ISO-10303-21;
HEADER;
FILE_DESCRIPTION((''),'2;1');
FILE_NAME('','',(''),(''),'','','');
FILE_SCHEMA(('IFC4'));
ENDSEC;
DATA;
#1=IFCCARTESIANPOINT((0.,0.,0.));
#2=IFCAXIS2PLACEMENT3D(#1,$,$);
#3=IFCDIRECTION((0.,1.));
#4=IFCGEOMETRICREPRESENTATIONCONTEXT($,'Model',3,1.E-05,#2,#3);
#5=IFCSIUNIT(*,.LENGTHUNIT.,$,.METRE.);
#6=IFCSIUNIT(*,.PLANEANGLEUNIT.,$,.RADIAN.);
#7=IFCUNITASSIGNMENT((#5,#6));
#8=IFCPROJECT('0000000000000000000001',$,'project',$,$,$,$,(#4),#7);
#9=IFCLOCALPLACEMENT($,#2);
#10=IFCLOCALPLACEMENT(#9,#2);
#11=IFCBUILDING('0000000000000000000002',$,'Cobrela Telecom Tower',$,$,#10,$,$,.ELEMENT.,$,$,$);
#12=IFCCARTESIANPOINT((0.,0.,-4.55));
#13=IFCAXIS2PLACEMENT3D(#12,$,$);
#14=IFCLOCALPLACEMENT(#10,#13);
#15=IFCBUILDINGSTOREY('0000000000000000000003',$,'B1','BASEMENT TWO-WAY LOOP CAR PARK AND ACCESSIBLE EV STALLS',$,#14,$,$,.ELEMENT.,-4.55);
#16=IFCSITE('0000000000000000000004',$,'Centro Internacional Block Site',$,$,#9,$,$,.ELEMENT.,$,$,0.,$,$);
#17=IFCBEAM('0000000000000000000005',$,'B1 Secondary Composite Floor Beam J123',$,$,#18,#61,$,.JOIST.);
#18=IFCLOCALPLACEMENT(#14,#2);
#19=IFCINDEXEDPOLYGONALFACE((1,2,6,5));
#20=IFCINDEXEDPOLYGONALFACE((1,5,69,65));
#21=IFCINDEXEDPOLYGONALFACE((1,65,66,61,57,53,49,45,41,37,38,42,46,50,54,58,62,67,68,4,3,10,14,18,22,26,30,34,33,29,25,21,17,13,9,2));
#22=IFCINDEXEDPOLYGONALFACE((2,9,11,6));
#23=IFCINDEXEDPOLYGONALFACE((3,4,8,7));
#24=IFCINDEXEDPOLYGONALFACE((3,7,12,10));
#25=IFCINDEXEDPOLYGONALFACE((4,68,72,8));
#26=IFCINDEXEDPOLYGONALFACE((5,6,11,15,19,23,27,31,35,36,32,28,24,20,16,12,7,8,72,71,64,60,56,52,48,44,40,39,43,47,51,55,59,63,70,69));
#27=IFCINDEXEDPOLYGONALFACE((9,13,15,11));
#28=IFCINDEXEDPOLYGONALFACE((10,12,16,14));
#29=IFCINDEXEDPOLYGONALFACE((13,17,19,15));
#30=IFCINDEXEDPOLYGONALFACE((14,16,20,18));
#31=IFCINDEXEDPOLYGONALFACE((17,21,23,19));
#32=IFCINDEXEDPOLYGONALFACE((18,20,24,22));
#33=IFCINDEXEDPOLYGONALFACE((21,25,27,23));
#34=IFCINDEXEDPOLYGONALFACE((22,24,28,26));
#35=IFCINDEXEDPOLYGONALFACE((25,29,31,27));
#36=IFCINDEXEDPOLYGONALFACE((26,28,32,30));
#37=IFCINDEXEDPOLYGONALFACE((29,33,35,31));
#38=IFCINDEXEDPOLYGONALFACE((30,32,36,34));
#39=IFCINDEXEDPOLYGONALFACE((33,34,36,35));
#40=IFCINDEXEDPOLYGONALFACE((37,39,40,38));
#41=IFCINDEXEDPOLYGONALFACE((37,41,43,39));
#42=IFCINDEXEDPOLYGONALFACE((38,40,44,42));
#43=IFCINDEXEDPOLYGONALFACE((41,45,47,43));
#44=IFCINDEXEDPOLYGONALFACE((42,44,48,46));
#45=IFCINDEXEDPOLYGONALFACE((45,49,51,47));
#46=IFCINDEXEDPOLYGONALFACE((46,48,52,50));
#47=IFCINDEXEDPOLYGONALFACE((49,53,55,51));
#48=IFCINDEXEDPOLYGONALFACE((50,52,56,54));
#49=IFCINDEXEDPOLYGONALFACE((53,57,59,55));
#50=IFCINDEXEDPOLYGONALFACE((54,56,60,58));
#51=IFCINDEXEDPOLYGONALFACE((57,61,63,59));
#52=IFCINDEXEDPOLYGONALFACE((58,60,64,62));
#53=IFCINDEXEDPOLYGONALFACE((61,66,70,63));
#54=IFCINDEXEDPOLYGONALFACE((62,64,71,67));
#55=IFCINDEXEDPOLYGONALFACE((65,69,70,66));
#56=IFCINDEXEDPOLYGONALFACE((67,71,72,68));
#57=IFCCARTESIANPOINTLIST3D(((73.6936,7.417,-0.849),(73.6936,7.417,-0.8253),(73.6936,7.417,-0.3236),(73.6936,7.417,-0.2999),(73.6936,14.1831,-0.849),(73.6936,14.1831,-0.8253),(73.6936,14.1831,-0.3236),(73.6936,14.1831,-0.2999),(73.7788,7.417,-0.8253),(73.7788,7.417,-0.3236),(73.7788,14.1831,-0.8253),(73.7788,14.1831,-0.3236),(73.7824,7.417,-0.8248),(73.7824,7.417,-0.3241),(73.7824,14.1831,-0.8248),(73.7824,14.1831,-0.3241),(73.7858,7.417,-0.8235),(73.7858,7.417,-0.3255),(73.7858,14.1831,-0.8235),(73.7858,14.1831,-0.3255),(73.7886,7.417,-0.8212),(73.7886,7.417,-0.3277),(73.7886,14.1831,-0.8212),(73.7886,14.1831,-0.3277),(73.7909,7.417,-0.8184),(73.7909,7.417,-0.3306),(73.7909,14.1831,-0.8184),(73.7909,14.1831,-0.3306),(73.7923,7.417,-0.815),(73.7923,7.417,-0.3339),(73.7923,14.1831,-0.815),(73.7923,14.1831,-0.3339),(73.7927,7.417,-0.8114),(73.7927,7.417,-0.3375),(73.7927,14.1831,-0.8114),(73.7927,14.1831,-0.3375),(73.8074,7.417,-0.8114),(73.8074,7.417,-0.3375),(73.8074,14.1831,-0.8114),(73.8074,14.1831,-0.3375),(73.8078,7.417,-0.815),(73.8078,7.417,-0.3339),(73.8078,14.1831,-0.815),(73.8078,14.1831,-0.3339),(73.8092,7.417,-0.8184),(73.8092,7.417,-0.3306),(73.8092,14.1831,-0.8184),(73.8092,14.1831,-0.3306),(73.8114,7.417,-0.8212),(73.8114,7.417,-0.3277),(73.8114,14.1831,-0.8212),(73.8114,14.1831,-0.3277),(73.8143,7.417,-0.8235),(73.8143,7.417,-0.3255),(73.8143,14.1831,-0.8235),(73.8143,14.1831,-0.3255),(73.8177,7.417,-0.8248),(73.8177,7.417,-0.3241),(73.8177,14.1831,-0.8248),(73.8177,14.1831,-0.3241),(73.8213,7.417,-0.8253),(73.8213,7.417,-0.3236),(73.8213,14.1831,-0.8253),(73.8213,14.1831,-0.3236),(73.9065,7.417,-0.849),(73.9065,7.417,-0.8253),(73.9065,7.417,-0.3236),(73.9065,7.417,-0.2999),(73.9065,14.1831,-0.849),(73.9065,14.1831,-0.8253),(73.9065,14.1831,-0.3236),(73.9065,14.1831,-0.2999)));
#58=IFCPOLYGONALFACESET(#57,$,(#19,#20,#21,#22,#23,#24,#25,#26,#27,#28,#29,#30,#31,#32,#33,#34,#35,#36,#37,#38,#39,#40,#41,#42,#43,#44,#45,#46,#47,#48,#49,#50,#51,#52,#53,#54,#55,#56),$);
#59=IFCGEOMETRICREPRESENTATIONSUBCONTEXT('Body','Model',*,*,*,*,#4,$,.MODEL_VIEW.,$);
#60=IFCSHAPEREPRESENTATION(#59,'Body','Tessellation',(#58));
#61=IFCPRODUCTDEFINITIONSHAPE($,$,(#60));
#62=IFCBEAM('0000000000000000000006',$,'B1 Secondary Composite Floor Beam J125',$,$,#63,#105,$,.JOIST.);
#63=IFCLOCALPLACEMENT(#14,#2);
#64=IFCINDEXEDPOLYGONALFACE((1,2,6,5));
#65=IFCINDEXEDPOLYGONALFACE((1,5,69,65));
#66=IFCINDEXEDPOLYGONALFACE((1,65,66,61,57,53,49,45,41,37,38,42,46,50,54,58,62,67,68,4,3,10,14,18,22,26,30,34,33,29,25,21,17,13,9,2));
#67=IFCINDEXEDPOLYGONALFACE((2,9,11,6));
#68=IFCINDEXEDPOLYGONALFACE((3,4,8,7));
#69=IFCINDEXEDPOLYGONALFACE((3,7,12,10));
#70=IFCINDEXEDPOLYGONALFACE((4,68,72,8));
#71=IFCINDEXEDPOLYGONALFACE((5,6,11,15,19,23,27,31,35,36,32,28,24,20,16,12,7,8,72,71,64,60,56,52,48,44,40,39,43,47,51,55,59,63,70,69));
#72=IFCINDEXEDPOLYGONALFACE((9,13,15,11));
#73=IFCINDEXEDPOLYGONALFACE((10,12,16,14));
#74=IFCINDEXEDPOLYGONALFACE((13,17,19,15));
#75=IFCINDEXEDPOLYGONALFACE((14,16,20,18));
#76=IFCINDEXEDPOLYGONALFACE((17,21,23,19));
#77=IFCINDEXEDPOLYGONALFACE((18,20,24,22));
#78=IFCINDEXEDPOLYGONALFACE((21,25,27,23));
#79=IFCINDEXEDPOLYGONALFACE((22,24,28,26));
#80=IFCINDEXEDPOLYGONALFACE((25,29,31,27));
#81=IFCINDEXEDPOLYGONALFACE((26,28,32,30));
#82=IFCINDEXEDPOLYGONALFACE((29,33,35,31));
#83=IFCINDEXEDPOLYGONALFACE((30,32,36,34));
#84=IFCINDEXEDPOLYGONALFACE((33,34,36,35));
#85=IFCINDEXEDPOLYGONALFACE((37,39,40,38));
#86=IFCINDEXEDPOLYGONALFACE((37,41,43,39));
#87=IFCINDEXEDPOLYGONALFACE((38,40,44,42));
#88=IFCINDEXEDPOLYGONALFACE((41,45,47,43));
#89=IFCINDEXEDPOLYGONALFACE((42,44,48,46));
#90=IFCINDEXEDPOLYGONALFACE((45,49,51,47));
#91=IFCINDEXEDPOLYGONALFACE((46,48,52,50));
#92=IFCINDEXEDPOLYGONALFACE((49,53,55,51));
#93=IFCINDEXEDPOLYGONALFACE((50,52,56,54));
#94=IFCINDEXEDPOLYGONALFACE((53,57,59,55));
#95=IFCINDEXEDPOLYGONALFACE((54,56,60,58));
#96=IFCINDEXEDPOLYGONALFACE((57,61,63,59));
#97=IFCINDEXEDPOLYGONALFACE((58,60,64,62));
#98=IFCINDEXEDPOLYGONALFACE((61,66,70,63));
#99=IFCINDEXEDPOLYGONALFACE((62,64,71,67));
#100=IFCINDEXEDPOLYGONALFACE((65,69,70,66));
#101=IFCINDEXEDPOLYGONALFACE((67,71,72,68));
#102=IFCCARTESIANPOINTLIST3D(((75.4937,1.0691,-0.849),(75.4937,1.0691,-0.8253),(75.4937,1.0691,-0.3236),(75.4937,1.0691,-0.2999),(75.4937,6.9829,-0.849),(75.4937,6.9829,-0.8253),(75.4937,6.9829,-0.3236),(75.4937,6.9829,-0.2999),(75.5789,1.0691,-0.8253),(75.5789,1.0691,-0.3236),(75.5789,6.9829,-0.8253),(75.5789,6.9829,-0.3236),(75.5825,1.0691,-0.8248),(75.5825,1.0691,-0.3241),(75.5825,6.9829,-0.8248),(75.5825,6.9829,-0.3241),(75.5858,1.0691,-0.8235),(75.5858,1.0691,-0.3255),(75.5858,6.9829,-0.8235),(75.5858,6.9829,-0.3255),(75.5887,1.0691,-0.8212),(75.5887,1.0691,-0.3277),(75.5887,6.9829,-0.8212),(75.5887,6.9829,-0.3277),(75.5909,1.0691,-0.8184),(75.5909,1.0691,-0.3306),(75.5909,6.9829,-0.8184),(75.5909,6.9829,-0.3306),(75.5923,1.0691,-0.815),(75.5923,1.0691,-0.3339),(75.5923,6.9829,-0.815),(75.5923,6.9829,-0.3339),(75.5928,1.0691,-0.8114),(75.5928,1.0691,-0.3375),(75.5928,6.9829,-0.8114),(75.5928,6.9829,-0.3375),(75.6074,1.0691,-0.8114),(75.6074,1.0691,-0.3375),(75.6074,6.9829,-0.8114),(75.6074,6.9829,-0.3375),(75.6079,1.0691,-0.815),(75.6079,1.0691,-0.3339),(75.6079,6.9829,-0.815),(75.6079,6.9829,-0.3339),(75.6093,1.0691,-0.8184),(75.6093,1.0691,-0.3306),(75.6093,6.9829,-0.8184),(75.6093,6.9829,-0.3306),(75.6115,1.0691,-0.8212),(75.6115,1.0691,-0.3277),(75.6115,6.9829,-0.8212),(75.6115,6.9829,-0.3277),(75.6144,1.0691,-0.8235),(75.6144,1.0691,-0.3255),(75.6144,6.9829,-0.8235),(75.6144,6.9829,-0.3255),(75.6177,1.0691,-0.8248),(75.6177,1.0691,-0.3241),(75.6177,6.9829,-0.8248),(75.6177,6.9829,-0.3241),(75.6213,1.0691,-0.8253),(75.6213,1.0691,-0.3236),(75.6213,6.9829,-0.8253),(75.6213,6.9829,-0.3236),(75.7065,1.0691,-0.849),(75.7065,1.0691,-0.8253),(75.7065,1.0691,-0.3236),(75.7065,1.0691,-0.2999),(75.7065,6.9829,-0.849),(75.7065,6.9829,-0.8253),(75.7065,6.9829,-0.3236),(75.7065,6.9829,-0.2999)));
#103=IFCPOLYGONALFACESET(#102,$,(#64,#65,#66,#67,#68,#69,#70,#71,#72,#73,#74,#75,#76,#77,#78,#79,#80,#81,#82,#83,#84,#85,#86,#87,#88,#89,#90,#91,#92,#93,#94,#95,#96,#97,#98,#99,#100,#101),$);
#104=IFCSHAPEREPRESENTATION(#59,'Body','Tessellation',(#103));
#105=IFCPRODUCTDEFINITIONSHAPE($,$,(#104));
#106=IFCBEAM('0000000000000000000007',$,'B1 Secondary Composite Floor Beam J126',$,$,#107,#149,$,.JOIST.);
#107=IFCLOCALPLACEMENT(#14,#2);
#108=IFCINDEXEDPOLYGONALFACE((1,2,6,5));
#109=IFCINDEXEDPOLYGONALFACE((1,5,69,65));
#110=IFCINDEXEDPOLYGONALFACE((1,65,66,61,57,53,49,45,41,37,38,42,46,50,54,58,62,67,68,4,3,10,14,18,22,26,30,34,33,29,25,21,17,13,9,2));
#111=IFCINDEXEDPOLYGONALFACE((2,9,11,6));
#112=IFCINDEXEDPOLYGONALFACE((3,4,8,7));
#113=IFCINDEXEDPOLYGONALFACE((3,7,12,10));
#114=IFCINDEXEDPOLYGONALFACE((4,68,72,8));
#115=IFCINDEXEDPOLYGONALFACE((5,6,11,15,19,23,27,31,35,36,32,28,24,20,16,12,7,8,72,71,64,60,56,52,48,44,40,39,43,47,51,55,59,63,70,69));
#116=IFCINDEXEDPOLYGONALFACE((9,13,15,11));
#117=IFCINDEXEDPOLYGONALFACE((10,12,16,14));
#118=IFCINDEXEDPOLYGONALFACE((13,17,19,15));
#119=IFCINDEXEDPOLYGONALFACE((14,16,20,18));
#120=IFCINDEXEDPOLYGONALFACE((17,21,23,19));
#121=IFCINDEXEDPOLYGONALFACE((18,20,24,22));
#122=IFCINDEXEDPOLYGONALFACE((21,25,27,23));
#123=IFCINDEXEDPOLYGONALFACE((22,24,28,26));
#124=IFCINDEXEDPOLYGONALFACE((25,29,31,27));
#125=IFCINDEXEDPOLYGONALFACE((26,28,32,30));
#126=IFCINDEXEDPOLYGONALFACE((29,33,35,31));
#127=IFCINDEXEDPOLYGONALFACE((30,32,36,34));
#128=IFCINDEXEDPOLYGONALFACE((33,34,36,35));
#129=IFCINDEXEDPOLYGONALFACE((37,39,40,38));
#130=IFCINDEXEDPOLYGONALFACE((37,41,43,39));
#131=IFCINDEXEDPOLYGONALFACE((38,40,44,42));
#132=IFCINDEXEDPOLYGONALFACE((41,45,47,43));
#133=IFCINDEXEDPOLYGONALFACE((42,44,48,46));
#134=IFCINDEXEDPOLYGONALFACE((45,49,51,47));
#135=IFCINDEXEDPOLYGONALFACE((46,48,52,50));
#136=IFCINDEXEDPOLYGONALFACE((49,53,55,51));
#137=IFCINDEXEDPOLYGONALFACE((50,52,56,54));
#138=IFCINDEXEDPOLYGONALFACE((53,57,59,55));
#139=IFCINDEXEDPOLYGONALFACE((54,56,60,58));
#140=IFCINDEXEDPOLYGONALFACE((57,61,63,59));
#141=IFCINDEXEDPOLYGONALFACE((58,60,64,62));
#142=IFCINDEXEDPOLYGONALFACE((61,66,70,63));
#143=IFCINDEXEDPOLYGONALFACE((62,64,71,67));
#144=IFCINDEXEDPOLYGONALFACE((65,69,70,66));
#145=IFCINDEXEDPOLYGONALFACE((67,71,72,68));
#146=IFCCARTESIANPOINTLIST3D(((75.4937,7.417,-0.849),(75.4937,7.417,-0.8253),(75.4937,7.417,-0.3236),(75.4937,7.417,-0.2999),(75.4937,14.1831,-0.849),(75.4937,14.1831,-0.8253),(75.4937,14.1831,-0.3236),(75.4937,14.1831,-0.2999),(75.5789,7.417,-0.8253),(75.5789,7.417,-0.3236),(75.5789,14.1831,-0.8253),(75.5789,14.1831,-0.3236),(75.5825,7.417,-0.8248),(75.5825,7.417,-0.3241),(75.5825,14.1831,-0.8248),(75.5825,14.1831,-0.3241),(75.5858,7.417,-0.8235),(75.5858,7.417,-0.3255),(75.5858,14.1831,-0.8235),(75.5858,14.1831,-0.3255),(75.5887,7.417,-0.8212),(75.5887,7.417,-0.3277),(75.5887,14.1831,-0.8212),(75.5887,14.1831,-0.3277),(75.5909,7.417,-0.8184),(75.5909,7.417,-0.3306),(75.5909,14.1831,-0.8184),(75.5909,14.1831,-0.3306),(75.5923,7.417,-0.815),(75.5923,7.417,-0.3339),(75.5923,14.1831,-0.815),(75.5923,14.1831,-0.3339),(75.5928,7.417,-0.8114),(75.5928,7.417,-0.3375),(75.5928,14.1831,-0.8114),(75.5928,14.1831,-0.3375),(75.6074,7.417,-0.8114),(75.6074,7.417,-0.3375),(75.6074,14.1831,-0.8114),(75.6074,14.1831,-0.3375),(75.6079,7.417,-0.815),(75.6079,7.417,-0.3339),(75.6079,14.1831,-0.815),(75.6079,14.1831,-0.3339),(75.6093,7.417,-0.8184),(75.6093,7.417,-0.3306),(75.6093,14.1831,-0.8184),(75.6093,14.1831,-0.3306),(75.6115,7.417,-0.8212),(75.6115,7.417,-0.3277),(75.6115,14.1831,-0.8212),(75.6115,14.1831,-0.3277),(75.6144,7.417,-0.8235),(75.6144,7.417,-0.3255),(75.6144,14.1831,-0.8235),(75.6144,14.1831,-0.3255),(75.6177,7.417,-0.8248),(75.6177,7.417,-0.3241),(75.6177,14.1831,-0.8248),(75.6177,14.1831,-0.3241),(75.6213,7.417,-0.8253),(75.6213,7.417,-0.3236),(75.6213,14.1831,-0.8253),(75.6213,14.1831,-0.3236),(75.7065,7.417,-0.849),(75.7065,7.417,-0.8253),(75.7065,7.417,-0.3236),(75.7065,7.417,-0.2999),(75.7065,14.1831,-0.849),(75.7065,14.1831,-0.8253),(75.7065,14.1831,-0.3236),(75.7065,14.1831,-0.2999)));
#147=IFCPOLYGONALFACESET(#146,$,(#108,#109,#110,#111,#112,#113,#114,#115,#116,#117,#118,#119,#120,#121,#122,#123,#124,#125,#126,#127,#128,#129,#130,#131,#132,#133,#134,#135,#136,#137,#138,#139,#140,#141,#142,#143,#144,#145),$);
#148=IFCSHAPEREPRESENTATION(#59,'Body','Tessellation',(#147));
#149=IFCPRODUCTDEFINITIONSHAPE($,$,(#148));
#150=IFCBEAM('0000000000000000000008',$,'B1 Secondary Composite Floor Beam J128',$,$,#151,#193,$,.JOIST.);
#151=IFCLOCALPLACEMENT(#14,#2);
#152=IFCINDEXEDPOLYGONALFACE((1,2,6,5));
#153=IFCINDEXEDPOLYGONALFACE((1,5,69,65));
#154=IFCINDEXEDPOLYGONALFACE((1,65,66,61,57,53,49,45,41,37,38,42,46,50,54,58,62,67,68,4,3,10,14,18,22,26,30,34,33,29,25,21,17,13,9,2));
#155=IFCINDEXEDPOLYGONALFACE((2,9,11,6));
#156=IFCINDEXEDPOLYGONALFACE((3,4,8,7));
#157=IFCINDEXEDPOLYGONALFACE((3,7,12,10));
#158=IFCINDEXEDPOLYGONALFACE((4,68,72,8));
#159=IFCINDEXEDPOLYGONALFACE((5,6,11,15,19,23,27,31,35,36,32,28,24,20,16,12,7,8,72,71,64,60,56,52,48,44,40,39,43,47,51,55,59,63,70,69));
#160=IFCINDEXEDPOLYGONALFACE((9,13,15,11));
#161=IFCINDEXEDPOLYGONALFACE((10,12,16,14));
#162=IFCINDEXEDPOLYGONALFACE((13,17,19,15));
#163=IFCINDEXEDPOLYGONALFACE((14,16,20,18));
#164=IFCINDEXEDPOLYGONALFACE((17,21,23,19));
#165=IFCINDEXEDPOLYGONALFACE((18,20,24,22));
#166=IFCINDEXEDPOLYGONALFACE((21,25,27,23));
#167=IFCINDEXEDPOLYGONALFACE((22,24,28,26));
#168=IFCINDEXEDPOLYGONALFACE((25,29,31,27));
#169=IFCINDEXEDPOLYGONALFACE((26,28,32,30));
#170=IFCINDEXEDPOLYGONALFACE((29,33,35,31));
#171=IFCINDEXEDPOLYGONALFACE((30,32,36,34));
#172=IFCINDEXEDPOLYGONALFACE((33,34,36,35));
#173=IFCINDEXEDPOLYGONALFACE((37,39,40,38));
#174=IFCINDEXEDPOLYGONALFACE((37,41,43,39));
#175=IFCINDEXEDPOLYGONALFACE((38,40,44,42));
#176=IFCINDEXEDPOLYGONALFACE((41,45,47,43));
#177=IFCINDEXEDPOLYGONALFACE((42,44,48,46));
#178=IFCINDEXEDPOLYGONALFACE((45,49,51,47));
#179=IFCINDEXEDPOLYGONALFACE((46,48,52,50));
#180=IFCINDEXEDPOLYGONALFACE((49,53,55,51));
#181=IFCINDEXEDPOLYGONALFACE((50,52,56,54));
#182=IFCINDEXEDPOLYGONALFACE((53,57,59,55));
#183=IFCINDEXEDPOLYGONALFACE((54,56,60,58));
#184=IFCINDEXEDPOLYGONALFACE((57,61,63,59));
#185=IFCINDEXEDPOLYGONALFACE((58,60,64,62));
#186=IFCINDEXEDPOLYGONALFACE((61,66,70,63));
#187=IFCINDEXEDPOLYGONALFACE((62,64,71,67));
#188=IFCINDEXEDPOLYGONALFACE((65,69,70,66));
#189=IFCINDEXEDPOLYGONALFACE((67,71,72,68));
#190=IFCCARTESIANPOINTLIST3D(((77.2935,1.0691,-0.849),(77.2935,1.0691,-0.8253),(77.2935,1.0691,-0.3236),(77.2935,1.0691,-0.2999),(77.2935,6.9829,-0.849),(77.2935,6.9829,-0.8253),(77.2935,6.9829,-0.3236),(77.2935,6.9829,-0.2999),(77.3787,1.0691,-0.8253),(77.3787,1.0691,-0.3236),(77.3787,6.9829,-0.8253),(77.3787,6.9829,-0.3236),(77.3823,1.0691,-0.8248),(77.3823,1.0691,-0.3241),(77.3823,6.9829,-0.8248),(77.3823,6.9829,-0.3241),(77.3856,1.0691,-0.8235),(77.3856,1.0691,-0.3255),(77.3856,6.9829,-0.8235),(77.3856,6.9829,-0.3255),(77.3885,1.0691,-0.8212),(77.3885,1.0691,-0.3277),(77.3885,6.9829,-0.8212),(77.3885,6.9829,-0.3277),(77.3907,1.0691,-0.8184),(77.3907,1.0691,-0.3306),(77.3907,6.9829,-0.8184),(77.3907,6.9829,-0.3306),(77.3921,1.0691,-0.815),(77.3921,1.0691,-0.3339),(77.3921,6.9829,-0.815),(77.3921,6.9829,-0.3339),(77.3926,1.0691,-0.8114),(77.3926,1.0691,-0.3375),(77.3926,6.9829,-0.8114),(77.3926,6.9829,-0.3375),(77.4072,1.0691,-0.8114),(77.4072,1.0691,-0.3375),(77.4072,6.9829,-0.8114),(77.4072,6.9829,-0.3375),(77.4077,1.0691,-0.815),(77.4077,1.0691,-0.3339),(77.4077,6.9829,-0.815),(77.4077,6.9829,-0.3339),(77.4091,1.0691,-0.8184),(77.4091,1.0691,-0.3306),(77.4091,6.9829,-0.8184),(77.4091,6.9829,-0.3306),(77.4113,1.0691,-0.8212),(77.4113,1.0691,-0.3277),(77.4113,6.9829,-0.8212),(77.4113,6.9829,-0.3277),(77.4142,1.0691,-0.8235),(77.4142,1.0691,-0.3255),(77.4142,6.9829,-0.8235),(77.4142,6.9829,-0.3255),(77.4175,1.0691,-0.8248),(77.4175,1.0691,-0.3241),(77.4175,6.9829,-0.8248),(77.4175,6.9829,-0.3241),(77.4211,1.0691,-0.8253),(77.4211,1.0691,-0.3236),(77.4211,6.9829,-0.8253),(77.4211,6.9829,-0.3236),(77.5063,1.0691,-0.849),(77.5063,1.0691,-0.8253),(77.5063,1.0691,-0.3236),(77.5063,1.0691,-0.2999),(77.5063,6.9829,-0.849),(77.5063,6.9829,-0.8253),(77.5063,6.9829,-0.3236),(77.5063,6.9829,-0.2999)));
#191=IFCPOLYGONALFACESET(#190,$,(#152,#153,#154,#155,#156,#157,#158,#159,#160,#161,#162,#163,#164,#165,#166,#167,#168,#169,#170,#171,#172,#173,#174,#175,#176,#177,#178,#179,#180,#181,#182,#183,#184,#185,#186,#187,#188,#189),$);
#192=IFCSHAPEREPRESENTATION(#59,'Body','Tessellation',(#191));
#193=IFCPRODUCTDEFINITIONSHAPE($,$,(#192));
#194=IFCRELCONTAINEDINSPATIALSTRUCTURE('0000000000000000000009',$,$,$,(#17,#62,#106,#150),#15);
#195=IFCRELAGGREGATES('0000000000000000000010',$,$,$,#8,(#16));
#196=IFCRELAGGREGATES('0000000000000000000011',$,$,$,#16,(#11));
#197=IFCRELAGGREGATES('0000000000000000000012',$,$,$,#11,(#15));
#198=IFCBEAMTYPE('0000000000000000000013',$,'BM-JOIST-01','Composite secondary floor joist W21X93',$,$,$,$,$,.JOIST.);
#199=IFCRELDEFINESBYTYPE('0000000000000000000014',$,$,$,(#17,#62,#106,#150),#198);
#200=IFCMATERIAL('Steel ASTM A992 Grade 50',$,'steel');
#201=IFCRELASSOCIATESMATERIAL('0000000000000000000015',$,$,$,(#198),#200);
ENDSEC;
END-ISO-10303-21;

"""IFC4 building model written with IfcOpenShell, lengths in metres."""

from ifc_helpers import new_model, si_unit, direction, frame, origin, origin_2d, place, context, subcontext, project, spatial, i_section, extrude, material, material_profile, profile_set, type_object, element, save


model = new_model("IFC4")

# Units and contexts
model_context = context("Model", 3, precision=1e-05, world=origin(), true_north=direction((0.0, 1.0)))
body_context = subcontext(model_context, "Body", "Model", "MODEL_VIEW")
ifc_project = project(units=[si_unit("LENGTHUNIT", "METRE"), si_unit("PLANEANGLEUNIT", "RADIAN")], contexts=[model_context])

# Site, building, storey
site_placement = place(None, origin())
site = spatial("IfcSite", under=ifc_project, at=site_placement, Name="Centro Internacional Block Site", CompositionType="ELEMENT", RefElevation=0.0)
building_placement = place(site_placement, origin())
building = spatial("IfcBuilding", under=site, at=building_placement, Name="Cobrela Telecom Tower", CompositionType="ELEMENT")
storey_placement = place(building_placement, frame((0.0, 0.0, -4.55)))
storey = spatial("IfcBuildingStorey", under=building, at=storey_placement, Name="B1", Description="BASEMENT TWO-WAY LOOP CAR PARK AND ACCESSIBLE EV STALLS", CompositionType="ELEMENT", Elevation=-4.55)

# Beams
ifc_material_1 = material(Name="Steel ASTM A992 Grade 50", Category="steel")
ifc_material_profile_1 = material_profile(ifc_material_1, i_section(OverallWidth=0.2129, OverallDepth=0.5491, WebThickness=0.0146, FlangeThickness=0.0237, FilletRadius=0.0139, at=origin_2d()), Name="W21X93")
ifc_profile_set_1 = profile_set([ifc_material_profile_1], Name="Steel ASTM A992 Grade 50")
beam_type_1 = type_object("IfcBeamType", Name="BM-JOIST-01", Description="Composite secondary floor joist W21X93", PredefinedType="JOIST", material=ifc_profile_set_1)
beam_1_placement = place(storey_placement, frame((73.8, 7.417, -0.5745), z_axis=(0.0, 1.0, 0.0), x_axis=(-1.0, 0.0, 0.0)))
element("IfcBeam", 1, at=beam_1_placement, inside=storey, type_object=beam_type_1, Name="B1 Secondary Composite Floor Beam J123", PredefinedType="JOIST", context=body_context, shape_type="SweptSolid", body=[
    extrude(i_section(OverallWidth=0.2129, OverallDepth=0.5491, WebThickness=0.0146, FlangeThickness=0.0237, FilletRadius=0.0139, at=origin_2d()), origin(), (0.0, 0.0, 1.0), 6.7661),
])
beam_2_placement = place(storey_placement, frame((75.6001, 1.0691, -0.5745), z_axis=(0.0, 1.0, 0.0), x_axis=(-1.0, 0.0, 0.0)))
element("IfcBeam", 2, at=beam_2_placement, inside=storey, type_object=beam_type_1, Name="B1 Secondary Composite Floor Beam J125", PredefinedType="JOIST", context=body_context, shape_type="SweptSolid", body=[
    extrude(i_section(OverallWidth=0.2129, OverallDepth=0.5491, WebThickness=0.0146, FlangeThickness=0.0237, FilletRadius=0.0139, at=origin_2d()), origin(), (0.0, 0.0, 1.0), 5.9138),
])
beam_3_placement = place(storey_placement, frame((75.6001, 7.417, -0.5745), z_axis=(0.0, 1.0, 0.0), x_axis=(-1.0, 0.0, 0.0)))
element("IfcBeam", 3, at=beam_3_placement, inside=storey, type_object=beam_type_1, Name="B1 Secondary Composite Floor Beam J126", PredefinedType="JOIST", context=body_context, shape_type="SweptSolid", body=[
    extrude(i_section(OverallWidth=0.2129, OverallDepth=0.5491, WebThickness=0.0146, FlangeThickness=0.0237, FilletRadius=0.0139, at=origin_2d()), origin(), (0.0, 0.0, 1.0), 6.7661),
])
beam_4_placement = place(storey_placement, frame((77.3999, 1.0691, -0.5745), z_axis=(0.0, 1.0, 0.0), x_axis=(-1.0, 0.0, 0.0)))
element("IfcBeam", 4, at=beam_4_placement, inside=storey, type_object=beam_type_1, Name="B1 Secondary Composite Floor Beam J128", PredefinedType="JOIST", context=body_context, shape_type="SweptSolid", body=[
    extrude(i_section(OverallWidth=0.2129, OverallDepth=0.5491, WebThickness=0.0146, FlangeThickness=0.0237, FilletRadius=0.0139, at=origin_2d()), origin(), (0.0, 0.0, 1.0), 5.9138),
])

save(model, "model.ifc")
